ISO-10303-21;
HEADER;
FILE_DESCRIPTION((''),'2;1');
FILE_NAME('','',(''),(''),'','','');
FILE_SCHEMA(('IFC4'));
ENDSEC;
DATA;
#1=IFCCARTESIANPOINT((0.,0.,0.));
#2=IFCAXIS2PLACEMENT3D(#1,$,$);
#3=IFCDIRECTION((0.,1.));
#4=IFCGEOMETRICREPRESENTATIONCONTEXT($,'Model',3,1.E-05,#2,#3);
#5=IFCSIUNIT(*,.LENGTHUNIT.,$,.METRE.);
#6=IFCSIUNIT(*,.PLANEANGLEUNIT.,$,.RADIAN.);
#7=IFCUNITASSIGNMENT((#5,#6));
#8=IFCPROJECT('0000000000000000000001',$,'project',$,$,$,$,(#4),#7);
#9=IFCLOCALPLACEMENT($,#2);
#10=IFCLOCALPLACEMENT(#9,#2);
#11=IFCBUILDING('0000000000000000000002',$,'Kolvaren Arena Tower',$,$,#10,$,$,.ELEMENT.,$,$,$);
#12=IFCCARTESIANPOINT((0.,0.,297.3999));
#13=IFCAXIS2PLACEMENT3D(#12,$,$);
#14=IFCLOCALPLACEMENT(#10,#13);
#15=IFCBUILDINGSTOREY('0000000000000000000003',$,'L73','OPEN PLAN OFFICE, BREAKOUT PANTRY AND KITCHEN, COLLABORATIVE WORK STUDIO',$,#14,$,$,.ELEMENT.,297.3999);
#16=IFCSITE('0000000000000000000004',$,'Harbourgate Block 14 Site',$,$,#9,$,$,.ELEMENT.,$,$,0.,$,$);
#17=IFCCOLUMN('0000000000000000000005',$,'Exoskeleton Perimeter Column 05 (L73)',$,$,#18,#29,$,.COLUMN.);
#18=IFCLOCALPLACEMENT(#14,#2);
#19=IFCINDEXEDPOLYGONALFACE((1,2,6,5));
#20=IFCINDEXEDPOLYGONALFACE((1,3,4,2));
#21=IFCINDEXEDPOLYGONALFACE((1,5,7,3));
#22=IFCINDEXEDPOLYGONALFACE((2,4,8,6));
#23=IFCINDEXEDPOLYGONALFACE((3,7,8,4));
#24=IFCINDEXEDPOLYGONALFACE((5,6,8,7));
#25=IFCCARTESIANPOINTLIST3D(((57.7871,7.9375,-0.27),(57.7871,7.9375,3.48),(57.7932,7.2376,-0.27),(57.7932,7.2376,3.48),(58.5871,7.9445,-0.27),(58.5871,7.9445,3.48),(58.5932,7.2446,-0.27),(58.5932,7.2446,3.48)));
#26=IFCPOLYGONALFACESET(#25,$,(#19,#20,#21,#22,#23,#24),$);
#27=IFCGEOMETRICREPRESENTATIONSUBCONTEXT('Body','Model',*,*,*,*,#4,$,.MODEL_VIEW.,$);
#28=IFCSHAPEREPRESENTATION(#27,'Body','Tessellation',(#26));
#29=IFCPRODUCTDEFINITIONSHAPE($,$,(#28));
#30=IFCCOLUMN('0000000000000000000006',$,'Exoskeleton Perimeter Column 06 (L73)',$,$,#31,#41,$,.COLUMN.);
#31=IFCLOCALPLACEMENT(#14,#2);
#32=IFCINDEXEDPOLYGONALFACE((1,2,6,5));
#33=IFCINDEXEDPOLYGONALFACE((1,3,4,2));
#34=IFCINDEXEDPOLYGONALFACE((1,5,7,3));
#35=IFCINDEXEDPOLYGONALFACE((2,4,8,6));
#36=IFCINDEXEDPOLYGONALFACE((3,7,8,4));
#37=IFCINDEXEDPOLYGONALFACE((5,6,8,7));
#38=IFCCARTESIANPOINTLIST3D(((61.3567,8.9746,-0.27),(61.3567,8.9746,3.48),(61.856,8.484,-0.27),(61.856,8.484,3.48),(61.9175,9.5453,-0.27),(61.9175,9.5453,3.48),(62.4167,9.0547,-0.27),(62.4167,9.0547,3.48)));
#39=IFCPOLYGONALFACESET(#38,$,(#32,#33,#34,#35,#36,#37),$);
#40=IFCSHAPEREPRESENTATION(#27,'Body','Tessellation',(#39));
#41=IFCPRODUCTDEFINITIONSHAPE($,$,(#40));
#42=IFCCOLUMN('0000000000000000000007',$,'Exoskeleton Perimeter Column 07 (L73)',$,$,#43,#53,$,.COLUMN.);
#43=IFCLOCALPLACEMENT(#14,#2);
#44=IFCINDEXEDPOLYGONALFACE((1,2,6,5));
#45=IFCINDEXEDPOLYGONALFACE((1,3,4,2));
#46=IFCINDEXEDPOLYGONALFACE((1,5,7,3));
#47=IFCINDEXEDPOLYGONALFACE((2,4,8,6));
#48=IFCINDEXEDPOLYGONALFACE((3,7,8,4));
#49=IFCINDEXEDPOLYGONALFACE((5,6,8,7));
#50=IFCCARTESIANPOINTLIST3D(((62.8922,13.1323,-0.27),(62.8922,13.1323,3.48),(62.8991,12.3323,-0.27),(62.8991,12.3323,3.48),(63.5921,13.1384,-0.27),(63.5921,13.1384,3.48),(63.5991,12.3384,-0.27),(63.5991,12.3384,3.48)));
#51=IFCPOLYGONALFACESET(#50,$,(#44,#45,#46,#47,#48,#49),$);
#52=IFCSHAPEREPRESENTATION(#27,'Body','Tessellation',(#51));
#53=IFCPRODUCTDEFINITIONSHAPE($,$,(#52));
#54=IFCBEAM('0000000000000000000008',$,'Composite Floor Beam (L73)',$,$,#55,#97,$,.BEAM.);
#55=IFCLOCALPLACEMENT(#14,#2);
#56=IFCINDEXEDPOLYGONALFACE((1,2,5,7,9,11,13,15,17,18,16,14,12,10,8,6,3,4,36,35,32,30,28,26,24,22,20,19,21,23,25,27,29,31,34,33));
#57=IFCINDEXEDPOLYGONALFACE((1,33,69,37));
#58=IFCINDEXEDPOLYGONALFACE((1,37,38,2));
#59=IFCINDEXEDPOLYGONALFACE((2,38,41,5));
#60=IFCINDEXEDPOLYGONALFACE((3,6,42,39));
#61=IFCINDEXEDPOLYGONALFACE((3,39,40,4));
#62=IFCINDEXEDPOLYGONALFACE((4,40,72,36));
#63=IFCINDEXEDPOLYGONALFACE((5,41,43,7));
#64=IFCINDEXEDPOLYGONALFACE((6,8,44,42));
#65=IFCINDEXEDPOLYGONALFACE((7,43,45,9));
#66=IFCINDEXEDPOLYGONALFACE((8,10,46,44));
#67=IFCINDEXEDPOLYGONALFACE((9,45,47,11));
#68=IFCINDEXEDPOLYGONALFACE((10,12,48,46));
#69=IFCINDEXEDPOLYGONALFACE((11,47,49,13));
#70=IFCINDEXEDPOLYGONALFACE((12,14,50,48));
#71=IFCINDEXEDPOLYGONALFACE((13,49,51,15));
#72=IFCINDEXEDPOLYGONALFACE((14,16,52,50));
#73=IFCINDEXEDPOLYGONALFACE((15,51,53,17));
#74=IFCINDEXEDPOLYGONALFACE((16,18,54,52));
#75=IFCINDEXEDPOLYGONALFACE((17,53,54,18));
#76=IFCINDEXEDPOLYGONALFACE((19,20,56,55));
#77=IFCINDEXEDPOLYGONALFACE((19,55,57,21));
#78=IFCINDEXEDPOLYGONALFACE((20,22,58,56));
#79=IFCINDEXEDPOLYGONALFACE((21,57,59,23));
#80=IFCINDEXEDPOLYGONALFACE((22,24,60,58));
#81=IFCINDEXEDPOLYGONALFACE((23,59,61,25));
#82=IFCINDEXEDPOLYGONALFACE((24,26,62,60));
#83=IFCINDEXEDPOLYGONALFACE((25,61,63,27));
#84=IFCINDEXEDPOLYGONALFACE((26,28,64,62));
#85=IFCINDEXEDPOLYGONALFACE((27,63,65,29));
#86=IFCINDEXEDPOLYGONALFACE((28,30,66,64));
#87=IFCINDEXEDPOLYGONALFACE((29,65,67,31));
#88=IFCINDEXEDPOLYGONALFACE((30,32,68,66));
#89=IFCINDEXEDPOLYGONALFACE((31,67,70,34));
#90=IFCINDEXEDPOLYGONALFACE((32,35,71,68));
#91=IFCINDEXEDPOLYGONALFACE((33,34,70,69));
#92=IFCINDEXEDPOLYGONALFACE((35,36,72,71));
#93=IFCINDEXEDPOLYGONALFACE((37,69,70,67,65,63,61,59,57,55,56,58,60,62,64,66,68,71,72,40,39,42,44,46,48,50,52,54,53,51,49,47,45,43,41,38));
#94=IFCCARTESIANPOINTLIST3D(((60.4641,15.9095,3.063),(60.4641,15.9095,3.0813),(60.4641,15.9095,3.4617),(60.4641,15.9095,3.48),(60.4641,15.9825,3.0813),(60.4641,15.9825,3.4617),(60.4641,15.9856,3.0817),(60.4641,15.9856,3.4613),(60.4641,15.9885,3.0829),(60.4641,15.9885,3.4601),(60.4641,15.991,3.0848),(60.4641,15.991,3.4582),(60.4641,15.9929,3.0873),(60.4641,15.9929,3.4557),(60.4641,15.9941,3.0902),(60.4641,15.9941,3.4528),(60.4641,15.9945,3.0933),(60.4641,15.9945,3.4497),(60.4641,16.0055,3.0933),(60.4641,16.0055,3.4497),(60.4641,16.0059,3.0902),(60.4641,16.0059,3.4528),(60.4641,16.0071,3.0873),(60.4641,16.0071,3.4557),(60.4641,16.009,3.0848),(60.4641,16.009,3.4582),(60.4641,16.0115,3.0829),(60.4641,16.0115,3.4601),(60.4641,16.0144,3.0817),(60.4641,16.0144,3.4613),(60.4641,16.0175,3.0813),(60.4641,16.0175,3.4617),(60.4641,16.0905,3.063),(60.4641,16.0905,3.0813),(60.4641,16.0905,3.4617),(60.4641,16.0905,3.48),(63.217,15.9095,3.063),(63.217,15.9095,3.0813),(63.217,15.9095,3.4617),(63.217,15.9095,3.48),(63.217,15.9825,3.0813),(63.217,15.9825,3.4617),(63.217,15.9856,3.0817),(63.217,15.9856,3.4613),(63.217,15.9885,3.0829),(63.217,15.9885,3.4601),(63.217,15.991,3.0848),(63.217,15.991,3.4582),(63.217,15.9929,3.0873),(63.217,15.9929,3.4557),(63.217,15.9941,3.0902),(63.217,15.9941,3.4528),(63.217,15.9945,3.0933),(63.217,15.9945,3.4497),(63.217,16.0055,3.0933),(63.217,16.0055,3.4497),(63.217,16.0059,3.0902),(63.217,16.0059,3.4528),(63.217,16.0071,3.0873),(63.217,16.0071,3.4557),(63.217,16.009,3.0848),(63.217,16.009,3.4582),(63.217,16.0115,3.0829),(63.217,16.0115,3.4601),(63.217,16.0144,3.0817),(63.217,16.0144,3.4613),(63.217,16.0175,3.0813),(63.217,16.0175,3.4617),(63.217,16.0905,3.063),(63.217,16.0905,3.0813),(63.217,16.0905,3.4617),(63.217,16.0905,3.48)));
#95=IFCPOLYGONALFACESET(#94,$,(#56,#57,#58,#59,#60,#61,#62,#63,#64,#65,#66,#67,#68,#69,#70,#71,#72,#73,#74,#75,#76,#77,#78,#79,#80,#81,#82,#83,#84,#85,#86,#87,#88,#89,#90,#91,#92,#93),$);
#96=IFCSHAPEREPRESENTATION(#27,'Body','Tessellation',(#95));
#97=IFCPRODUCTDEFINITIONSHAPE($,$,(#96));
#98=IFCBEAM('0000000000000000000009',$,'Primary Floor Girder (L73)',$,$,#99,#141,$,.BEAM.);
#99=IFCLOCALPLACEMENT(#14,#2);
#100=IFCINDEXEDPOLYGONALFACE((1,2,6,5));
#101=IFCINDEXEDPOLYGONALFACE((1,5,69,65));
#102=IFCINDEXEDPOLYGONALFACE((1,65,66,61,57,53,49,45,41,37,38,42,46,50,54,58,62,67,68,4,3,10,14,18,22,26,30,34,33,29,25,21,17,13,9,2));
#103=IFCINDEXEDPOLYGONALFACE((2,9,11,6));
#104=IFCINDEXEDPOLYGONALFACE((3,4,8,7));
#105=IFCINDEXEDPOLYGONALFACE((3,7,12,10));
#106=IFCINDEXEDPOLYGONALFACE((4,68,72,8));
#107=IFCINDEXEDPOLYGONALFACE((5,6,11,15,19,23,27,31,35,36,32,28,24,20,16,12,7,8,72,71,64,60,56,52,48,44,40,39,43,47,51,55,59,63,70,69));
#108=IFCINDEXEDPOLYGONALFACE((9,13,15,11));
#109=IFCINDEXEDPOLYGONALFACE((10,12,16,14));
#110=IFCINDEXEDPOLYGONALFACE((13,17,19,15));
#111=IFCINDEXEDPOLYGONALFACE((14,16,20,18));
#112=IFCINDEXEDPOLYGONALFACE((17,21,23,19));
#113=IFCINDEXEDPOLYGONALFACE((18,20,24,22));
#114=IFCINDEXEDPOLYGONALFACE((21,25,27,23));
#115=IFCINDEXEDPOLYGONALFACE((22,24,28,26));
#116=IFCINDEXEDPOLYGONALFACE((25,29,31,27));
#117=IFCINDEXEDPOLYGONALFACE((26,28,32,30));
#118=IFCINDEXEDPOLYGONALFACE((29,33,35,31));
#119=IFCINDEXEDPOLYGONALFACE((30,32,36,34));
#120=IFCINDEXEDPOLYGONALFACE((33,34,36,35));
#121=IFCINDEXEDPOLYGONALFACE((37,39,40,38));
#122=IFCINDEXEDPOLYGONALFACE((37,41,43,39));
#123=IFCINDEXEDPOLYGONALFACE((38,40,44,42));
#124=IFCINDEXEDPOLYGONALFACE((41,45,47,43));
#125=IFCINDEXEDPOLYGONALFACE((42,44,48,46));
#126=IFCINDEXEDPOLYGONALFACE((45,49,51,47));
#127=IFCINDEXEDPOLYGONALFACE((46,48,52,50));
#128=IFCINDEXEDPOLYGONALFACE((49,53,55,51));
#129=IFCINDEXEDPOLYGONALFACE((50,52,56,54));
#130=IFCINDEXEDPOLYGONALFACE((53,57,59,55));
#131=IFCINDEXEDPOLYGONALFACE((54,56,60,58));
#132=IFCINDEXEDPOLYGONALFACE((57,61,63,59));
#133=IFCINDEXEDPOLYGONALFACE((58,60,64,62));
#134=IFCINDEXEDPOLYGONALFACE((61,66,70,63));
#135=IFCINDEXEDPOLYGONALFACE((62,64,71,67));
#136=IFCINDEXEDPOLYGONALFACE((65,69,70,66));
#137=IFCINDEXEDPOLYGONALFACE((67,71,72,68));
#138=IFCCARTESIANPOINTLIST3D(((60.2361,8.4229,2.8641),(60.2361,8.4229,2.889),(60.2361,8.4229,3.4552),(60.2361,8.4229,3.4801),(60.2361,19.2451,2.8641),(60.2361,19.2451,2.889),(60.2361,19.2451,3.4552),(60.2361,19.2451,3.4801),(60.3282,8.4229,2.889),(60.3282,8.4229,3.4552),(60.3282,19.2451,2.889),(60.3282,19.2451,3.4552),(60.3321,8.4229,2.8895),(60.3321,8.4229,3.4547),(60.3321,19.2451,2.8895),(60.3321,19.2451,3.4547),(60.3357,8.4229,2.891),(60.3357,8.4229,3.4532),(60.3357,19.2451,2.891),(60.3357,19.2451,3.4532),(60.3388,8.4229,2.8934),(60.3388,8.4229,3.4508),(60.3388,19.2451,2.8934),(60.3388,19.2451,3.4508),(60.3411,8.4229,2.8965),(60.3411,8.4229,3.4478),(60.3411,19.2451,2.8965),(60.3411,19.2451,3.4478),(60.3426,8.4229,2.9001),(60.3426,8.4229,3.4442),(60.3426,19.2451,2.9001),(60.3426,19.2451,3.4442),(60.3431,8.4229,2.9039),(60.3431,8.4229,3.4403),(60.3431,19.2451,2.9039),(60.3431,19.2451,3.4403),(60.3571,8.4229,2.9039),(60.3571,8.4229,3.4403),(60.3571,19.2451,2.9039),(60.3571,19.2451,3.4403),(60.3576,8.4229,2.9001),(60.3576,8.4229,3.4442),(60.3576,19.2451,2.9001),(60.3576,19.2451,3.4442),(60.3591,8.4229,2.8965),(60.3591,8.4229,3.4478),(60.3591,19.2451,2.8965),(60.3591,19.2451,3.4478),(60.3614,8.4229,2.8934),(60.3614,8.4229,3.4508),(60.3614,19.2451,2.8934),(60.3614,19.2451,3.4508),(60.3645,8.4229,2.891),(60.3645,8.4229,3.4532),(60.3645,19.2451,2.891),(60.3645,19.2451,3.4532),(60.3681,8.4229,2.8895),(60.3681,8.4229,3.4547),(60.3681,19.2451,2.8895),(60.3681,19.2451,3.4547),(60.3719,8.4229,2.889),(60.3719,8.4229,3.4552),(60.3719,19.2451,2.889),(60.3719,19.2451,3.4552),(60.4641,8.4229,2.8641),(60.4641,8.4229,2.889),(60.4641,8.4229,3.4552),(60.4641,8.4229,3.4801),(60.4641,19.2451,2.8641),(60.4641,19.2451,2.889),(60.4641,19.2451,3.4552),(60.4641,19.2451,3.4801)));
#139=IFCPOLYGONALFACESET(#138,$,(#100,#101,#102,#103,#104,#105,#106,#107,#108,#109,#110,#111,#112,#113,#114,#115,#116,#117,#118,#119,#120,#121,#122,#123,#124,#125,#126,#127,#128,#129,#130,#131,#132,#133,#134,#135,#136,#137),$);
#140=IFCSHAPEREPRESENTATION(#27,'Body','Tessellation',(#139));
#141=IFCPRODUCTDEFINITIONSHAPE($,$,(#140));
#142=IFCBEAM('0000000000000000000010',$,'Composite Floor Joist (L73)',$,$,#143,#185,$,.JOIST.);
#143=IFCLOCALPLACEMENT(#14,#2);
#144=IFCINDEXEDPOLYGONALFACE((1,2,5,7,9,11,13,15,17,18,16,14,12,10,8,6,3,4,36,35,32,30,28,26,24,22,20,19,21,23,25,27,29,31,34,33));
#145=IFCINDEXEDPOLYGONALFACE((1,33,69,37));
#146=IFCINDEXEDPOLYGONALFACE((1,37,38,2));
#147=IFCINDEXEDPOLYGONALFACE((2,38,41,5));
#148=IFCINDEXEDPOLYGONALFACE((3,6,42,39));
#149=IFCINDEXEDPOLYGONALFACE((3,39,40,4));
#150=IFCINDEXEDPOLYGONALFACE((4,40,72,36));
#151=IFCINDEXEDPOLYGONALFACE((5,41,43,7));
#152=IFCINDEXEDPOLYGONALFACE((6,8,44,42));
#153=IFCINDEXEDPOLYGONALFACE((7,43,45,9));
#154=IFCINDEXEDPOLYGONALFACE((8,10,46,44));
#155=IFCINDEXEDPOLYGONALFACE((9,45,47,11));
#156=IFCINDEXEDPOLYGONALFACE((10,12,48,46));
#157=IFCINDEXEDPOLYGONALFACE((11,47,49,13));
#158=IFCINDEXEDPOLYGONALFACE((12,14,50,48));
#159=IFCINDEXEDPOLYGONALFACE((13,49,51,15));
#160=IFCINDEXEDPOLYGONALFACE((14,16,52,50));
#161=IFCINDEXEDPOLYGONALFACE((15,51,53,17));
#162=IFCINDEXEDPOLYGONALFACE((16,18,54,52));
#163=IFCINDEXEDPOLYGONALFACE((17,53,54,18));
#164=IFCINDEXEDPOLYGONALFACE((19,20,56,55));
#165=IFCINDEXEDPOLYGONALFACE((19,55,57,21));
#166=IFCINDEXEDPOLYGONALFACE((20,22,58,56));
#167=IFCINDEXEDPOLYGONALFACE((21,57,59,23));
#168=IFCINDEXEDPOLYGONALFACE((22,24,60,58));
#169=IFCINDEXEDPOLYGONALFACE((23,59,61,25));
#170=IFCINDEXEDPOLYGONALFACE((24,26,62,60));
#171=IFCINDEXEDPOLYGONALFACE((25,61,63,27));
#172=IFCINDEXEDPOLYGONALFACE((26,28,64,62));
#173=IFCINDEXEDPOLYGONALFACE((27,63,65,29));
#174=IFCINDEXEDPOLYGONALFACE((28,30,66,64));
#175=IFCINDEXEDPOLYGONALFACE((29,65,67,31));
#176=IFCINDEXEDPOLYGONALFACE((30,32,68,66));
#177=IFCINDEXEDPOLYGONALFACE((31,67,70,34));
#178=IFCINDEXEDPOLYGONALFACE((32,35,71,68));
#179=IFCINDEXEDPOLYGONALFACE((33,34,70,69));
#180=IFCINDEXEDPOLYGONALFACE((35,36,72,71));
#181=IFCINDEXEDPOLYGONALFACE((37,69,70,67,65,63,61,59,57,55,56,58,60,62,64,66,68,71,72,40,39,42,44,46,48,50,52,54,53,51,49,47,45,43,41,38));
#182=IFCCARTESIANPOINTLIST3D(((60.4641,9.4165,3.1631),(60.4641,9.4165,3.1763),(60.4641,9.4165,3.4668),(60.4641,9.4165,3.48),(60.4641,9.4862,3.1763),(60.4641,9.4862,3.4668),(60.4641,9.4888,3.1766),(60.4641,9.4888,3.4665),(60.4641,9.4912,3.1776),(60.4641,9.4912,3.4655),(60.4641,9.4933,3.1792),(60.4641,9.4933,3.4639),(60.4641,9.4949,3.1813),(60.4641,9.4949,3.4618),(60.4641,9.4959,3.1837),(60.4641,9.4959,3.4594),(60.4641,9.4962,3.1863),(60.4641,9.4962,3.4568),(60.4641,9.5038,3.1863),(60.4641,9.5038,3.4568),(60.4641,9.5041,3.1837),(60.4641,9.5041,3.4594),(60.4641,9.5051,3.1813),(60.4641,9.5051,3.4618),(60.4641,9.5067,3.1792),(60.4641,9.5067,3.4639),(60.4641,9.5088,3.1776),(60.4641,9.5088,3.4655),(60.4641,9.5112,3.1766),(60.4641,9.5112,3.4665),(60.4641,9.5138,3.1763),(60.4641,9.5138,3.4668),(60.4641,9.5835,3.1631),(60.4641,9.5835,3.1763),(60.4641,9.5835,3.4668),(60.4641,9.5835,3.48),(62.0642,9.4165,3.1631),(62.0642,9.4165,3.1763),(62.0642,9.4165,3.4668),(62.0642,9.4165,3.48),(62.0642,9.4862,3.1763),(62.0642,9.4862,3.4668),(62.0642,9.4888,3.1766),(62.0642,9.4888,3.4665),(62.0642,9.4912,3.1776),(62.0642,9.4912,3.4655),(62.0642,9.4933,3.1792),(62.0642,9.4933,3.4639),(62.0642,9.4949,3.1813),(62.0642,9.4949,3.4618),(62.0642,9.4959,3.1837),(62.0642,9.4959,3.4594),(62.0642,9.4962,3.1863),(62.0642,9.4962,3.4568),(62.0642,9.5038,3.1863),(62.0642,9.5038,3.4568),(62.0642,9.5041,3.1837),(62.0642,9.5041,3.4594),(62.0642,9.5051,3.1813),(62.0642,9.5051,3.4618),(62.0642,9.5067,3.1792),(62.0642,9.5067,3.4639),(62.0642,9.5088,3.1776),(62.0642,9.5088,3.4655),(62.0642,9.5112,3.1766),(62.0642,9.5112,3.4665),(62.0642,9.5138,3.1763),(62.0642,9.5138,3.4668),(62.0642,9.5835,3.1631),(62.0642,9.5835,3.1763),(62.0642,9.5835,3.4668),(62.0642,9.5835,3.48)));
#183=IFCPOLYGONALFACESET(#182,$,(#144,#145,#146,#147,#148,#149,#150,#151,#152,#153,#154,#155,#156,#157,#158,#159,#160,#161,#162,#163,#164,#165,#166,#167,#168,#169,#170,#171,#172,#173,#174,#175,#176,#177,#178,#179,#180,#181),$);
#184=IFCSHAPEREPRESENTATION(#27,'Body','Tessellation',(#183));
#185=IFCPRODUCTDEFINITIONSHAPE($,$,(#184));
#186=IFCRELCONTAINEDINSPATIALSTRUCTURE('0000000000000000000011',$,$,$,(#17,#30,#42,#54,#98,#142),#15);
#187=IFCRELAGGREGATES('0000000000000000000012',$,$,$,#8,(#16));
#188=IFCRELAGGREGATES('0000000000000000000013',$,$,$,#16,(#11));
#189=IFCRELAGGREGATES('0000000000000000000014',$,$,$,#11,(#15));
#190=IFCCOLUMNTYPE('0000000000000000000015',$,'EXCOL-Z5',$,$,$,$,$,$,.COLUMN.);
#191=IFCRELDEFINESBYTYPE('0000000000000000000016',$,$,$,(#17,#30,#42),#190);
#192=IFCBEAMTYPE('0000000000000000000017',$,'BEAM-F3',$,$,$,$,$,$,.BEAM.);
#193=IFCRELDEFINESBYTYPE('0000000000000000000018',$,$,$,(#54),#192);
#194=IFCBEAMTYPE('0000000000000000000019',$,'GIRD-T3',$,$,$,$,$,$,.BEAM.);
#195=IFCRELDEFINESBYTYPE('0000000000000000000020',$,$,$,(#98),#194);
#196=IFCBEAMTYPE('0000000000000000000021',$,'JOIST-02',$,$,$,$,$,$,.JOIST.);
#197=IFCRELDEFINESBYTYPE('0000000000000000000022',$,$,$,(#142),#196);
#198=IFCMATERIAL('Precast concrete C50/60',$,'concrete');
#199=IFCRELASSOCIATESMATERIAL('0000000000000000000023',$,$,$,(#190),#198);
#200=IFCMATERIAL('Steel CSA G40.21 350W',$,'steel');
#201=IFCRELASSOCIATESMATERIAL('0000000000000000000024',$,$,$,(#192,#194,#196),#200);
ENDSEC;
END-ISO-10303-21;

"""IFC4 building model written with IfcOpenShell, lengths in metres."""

from ifc_helpers import new_model, si_unit, direction, frame, origin, origin_2d, place, context, subcontext, project, spatial, rectangle, i_section, extrude, material, material_profile, profile_set, type_object, element, save


model = new_model("IFC4")

# Units and contexts
model_context = context("Model", 3, precision=1e-05, world=origin(), true_north=direction((0.0, 1.0)))
body_context = subcontext(model_context, "Body", "Model", "MODEL_VIEW")
ifc_project = project(units=[si_unit("LENGTHUNIT", "METRE"), si_unit("PLANEANGLEUNIT", "RADIAN")], contexts=[model_context])

# Site, building, storey
site_placement = place(None, origin())
site = spatial("IfcSite", under=ifc_project, at=site_placement, Name="Harbourgate Block 14 Site", CompositionType="ELEMENT", RefElevation=0.0)
building_placement = place(site_placement, origin())
building = spatial("IfcBuilding", under=site, at=building_placement, Name="Kolvaren Arena Tower", CompositionType="ELEMENT")
storey_placement = place(building_placement, frame((0.0, 0.0, 297.3999)))
storey = spatial("IfcBuildingStorey", under=building, at=storey_placement, Name="L73", Description="OPEN PLAN OFFICE, BREAKOUT PANTRY AND KITCHEN, COLLABORATIVE WORK STUDIO", CompositionType="ELEMENT", Elevation=297.3999)

# Columns
ifc_material_1 = material(Name="Precast concrete C50/60", Category="concrete")
ifc_material_profile_1 = material_profile(ifc_material_1, rectangle(XDim=0.8, YDim=0.7, at=origin_2d()), Name="RC-800x700")
ifc_profile_set_1 = profile_set([ifc_material_profile_1], Name="Precast concrete C50/60")
column_type = type_object("IfcColumnType", Name="EXCOL-Z5", PredefinedType="COLUMN", material=ifc_profile_set_1)
for number, where, z_axis, x_axis, name in (
    (1, (58.1902, 7.5911, -0.27), (0.0, 0.0, 1.0), (0.999962, 0.008727, 0.0), "Exoskeleton Perimeter Column 05 (L73)"),
    (2, (61.8867, 9.0146, -0.27), (0.0, 0.0, 1.0), (0.700909, 0.71325, 0.0), "Exoskeleton Perimeter Column 06 (L73)"),
    (3, (63.2456, 12.7354, -0.27), (0.0, 0.0, 1.0), (-0.008727, 0.999962, 0.0), "Exoskeleton Perimeter Column 07 (L73)"),
):
    element("IfcColumn", number, at=place(storey_placement, frame(where, z_axis=z_axis, x_axis=x_axis)), inside=storey, type_object=column_type, Name=name, PredefinedType="COLUMN", context=body_context, shape_type="SweptSolid", body=[
        extrude(rectangle(XDim=0.8, YDim=0.7, at=origin_2d()), origin(), (0.0, 0.0, 1.0), 3.75),
    ])

# Beams
ifc_material_2 = material(Name="Steel CSA G40.21 350W", Category="steel")
ifc_material_profile_2 = material_profile(ifc_material_2, i_section(OverallWidth=0.1809, OverallDepth=0.417, WebThickness=0.011, FlangeThickness=0.0183, FilletRadius=0.012, at=origin_2d()), Name="W410x85")
ifc_profile_set_2 = profile_set([ifc_material_profile_2], Name="Steel CSA G40.21 350W")
beam_type_1 = type_object("IfcBeamType", Name="BEAM-F3", PredefinedType="BEAM", material=ifc_profile_set_2)
beam_1_placement = place(storey_placement, frame((60.4641, 16.0, 3.2715), z_axis=(1.0, 0.0, 0.0), x_axis=(0.0, 1.0, 0.0)))
element("IfcBeam", 4, at=beam_1_placement, inside=storey, type_object=beam_type_1, Name="Composite Floor Beam (L73)", PredefinedType="BEAM", context=body_context, shape_type="SweptSolid", body=[
    extrude(i_section(OverallWidth=0.1809, OverallDepth=0.417, WebThickness=0.011, FlangeThickness=0.0183, FilletRadius=0.012, at=origin_2d()), origin(), (0.0, 0.0, 1.0), 2.7529),
])
ifc_material_profile_3 = material_profile(ifc_material_2, i_section(OverallWidth=0.228, OverallDepth=0.616, WebThickness=0.0139, FlangeThickness=0.0249, FilletRadius=0.0149, at=origin_2d()), Name="W610x174")
ifc_profile_set_3 = profile_set([ifc_material_profile_3], Name="Steel CSA G40.21 350W")
beam_type_2 = type_object("IfcBeamType", Name="GIRD-T3", PredefinedType="BEAM", material=ifc_profile_set_3)
beam_2_placement = place(storey_placement, frame((60.3501, 8.4229, 3.1721), z_axis=(0.0, 1.0, 0.0), x_axis=(-1.0, 0.0, 0.0)))
element("IfcBeam", 5, at=beam_2_placement, inside=storey, type_object=beam_type_2, Name="Primary Floor Girder (L73)", PredefinedType="BEAM", context=body_context, shape_type="SweptSolid", body=[
    extrude(i_section(OverallWidth=0.228, OverallDepth=0.616, WebThickness=0.0139, FlangeThickness=0.0249, FilletRadius=0.0149, at=origin_2d()), origin(), (0.0, 0.0, 1.0), 10.8223),
])
ifc_material_profile_4 = material_profile(ifc_material_2, i_section(OverallWidth=0.167, OverallDepth=0.3169, WebThickness=0.0076, FlangeThickness=0.0132, FilletRadius=0.01, at=origin_2d()), Name="W310x52")
ifc_profile_set_4 = profile_set([ifc_material_profile_4], Name="Steel CSA G40.21 350W")
beam_type_3 = type_object("IfcBeamType", Name="JOIST-02", PredefinedType="JOIST", material=ifc_profile_set_4)
beam_3_placement = place(storey_placement, frame((60.4641, 9.5, 3.3215), z_axis=(1.0, 0.0, 0.0), x_axis=(0.0, 1.0, 0.0)))
element("IfcBeam", 6, at=beam_3_placement, inside=storey, type_object=beam_type_3, Name="Composite Floor Joist (L73)", PredefinedType="JOIST", context=body_context, shape_type="SweptSolid", body=[
    extrude(i_section(OverallWidth=0.167, OverallDepth=0.3169, WebThickness=0.0076, FlangeThickness=0.0132, FilletRadius=0.01, at=origin_2d()), origin(), (0.0, 0.0, 1.0), 1.6001),
])

save(model, "model.ifc")
